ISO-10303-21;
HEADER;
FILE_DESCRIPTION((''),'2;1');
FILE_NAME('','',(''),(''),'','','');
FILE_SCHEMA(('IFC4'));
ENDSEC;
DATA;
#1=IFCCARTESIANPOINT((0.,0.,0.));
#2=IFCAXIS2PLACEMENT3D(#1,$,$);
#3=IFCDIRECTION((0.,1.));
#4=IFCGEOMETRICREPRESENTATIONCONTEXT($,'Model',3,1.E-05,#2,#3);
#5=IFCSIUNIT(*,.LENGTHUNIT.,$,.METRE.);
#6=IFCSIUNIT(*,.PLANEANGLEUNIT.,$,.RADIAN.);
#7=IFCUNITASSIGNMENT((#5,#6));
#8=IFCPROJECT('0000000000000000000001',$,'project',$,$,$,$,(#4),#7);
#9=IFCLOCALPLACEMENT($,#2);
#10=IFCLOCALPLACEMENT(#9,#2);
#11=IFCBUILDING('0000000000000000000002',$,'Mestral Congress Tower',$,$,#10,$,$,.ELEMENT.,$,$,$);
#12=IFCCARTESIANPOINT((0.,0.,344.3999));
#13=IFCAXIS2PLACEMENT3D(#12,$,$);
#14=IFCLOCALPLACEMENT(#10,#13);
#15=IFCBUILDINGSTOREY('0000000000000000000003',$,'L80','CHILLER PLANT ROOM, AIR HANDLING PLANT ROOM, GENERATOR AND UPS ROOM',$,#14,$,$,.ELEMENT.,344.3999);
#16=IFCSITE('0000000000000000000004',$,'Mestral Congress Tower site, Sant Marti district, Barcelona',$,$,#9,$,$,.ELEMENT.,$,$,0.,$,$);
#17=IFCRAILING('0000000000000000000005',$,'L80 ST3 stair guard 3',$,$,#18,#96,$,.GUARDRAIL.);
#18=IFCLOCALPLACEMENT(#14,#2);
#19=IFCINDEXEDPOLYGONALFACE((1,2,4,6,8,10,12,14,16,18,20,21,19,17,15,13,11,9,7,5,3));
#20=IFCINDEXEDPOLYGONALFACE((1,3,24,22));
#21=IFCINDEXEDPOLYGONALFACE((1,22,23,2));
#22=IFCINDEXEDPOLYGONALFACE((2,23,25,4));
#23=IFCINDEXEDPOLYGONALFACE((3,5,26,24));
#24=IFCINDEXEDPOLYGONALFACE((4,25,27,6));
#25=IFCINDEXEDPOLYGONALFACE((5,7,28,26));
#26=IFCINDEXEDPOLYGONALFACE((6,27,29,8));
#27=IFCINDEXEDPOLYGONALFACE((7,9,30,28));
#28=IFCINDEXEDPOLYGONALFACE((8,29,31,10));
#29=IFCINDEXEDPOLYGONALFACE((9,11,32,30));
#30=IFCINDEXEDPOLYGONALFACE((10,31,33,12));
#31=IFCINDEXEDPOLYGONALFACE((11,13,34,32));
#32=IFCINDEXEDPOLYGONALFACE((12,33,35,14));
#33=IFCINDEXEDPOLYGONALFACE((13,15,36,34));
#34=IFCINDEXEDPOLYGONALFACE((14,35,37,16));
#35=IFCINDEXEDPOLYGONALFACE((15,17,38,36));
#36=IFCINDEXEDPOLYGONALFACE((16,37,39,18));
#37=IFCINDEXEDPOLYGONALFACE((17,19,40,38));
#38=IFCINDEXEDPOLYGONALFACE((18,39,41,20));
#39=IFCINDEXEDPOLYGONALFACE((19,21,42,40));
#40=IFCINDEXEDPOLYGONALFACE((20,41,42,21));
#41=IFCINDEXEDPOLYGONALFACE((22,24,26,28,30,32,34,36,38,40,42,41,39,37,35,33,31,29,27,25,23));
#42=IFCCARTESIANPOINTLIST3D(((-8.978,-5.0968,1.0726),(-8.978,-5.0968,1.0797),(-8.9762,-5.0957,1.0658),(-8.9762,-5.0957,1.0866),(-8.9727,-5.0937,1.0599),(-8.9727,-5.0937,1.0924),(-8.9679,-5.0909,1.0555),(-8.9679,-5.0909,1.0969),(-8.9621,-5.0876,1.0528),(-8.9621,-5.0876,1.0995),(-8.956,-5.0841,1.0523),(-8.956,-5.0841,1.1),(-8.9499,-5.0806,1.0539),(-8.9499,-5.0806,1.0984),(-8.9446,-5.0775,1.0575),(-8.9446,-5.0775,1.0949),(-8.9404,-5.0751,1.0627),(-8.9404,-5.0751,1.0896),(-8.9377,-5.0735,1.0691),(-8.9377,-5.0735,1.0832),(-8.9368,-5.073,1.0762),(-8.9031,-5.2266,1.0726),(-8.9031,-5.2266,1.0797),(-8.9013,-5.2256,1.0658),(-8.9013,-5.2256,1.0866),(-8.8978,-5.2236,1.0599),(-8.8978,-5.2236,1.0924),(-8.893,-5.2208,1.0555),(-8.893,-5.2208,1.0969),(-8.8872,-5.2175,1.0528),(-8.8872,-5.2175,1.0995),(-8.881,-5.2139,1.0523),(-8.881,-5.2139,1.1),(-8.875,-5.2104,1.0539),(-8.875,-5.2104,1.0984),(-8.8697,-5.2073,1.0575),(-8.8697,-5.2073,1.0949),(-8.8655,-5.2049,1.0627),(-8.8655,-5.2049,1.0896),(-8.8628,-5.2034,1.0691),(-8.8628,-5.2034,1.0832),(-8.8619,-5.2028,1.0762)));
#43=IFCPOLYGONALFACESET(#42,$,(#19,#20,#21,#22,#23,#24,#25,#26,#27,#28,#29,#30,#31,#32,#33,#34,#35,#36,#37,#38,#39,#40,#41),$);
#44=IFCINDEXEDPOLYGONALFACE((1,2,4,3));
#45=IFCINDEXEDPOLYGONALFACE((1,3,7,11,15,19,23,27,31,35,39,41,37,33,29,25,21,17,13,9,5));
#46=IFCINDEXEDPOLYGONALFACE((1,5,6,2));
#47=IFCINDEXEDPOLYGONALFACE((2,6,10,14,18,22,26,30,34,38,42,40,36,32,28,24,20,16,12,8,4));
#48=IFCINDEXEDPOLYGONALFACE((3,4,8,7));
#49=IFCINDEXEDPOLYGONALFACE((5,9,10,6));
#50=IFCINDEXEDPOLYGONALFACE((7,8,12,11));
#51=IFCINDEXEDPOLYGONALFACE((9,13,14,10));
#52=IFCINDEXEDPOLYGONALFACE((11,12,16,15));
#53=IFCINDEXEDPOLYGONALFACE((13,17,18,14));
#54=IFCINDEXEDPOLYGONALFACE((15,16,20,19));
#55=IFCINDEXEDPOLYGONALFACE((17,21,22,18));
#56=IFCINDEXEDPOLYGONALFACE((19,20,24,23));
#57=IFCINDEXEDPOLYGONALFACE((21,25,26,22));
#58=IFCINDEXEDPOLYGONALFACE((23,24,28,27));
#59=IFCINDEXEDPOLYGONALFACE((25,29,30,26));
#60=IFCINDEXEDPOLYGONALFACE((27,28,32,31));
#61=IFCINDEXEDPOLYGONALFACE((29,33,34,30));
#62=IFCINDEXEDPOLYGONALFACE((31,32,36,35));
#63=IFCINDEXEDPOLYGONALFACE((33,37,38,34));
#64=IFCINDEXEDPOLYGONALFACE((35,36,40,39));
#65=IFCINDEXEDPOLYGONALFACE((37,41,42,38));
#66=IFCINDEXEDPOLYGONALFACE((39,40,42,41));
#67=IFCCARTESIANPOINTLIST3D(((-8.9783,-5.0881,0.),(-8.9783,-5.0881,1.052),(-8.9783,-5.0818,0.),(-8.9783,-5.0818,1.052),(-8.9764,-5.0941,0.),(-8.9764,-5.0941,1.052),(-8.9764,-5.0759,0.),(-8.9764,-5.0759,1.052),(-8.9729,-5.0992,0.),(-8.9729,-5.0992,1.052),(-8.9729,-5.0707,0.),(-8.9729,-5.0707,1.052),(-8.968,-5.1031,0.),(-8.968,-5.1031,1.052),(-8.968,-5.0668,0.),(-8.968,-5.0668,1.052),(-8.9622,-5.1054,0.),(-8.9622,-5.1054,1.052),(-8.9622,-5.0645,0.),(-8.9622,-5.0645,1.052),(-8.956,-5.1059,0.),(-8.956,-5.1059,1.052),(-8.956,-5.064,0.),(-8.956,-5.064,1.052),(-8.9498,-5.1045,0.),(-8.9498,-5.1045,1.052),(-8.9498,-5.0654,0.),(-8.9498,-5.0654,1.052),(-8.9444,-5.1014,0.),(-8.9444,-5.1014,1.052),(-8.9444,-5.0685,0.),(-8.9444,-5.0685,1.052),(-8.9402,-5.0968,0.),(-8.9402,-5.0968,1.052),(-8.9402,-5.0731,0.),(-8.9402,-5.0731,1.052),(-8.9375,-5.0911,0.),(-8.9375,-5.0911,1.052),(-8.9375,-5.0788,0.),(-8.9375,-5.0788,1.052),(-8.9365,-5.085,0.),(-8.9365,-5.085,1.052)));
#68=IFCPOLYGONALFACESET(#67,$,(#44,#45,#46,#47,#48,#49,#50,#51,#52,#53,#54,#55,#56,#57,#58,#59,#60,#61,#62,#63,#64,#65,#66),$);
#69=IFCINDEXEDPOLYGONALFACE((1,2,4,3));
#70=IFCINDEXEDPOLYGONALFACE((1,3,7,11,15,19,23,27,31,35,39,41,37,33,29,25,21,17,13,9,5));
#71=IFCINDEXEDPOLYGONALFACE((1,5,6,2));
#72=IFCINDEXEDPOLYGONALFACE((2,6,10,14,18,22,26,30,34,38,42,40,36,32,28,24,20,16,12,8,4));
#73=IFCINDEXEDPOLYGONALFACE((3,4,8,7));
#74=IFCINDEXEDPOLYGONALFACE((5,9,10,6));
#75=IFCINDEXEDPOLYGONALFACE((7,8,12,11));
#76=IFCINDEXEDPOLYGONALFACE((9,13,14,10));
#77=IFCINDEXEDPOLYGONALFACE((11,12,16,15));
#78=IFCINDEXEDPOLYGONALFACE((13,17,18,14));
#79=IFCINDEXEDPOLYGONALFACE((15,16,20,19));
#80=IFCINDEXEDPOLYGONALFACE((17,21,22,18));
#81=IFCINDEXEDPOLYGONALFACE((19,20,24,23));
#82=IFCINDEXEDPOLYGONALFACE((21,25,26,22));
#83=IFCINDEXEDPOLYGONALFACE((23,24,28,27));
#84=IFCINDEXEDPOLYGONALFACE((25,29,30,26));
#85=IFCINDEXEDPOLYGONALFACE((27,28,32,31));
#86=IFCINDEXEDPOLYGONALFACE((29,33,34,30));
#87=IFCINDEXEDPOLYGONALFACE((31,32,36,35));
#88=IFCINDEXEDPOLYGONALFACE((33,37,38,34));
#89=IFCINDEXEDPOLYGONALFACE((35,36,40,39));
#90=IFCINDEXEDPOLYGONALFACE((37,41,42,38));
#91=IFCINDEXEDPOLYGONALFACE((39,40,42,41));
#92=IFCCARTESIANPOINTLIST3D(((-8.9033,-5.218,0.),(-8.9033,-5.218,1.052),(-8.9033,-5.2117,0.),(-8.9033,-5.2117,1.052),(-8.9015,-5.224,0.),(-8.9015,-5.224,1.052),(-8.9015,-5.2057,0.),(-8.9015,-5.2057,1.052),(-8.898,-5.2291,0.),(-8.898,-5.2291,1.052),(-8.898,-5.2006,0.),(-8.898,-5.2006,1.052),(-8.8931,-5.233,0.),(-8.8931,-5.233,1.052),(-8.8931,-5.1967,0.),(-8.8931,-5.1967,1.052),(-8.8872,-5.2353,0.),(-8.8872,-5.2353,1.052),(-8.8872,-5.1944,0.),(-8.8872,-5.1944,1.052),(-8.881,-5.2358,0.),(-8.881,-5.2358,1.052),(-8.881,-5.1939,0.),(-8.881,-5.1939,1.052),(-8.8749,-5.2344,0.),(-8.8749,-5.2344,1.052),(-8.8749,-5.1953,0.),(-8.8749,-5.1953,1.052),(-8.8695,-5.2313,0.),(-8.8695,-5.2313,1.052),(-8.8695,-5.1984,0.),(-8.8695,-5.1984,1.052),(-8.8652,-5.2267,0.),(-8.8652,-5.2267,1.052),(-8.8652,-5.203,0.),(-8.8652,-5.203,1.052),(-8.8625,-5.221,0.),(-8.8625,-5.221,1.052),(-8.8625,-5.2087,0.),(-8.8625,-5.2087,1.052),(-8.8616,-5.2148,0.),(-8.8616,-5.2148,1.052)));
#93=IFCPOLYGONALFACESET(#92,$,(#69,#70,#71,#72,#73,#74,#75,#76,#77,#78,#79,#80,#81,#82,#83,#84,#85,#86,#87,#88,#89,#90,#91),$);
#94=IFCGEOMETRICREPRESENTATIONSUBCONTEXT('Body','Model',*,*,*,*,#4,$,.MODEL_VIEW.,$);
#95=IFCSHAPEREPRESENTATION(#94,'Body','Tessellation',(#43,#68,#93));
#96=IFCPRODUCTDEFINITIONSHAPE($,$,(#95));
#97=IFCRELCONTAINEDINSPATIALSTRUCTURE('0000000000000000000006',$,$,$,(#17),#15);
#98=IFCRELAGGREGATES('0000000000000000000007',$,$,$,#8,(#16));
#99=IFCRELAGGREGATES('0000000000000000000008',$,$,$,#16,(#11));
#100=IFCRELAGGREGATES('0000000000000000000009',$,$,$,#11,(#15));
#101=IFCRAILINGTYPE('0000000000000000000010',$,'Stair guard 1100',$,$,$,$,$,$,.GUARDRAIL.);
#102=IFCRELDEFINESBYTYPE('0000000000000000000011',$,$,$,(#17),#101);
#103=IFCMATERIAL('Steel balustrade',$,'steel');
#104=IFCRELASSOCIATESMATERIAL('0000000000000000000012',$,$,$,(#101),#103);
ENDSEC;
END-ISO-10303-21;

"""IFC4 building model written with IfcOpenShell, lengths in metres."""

from ifc_helpers import new_model, si_unit, direction, frame, origin, origin_2d, place, context, subcontext, project, spatial, circle, extrude, material, type_object, element, save


model = new_model("IFC4")

# Units and contexts
model_context = context("Model", 3, precision=1e-05, world=origin(), true_north=direction((0.0, 1.0)))
body_context = subcontext(model_context, "Body", "Model", "MODEL_VIEW")
ifc_project = project(units=[si_unit("LENGTHUNIT", "METRE"), si_unit("PLANEANGLEUNIT", "RADIAN")], contexts=[model_context])

# Site, building, storey
site_placement = place(None, origin())
site = spatial("IfcSite", under=ifc_project, at=site_placement, Name="Mestral Congress Tower site, Sant Marti district, Barcelona", CompositionType="ELEMENT", RefElevation=0.0)
building_placement = place(site_placement, origin())
building = spatial("IfcBuilding", under=site, at=building_placement, Name="Mestral Congress Tower", CompositionType="ELEMENT")
storey_placement = place(building_placement, frame((0.0, 0.0, 344.3999)))
storey = spatial("IfcBuildingStorey", under=building, at=storey_placement, Name="L80", Description="CHILLER PLANT ROOM, AIR HANDLING PLANT ROOM, GENERATOR AND UPS ROOM", CompositionType="ELEMENT", Elevation=344.3999)

# Railing
ifc_material_1 = material(Name="Steel balustrade", Category="steel")
railing_type_1 = type_object("IfcRailingType", Name="Stair guard 1100", PredefinedType="GUARDRAIL", material=ifc_material_1)
railing_1_placement = place(storey_placement, frame((-8.9575, -5.085, 0.0)))
element("IfcRailing", 1, at=railing_1_placement, inside=storey, type_object=railing_type_1, Name="L80 ST3 stair guard 3", PredefinedType="GUARDRAIL", context=body_context, shape_type="SweptSolid", body=[
    extrude(circle(Radius=0.0239, at=origin_2d()), frame((0.0, 0.0, 1.0762), z_axis=(0.499816, -0.866131, 0.0), x_axis=(0.866131, 0.499816, 0.0)), (0.0, 0.0, 1.0), 0.1499),
    extrude(circle(Radius=0.021, at=origin_2d()), origin(), (0.0, 0.0, 1.0), 1.052),
    extrude(circle(Radius=0.021, at=origin_2d()), frame((0.075, -0.1299, 0.0)), (0.0, 0.0, 1.0), 1.052),
])

save(model, "model.ifc")
